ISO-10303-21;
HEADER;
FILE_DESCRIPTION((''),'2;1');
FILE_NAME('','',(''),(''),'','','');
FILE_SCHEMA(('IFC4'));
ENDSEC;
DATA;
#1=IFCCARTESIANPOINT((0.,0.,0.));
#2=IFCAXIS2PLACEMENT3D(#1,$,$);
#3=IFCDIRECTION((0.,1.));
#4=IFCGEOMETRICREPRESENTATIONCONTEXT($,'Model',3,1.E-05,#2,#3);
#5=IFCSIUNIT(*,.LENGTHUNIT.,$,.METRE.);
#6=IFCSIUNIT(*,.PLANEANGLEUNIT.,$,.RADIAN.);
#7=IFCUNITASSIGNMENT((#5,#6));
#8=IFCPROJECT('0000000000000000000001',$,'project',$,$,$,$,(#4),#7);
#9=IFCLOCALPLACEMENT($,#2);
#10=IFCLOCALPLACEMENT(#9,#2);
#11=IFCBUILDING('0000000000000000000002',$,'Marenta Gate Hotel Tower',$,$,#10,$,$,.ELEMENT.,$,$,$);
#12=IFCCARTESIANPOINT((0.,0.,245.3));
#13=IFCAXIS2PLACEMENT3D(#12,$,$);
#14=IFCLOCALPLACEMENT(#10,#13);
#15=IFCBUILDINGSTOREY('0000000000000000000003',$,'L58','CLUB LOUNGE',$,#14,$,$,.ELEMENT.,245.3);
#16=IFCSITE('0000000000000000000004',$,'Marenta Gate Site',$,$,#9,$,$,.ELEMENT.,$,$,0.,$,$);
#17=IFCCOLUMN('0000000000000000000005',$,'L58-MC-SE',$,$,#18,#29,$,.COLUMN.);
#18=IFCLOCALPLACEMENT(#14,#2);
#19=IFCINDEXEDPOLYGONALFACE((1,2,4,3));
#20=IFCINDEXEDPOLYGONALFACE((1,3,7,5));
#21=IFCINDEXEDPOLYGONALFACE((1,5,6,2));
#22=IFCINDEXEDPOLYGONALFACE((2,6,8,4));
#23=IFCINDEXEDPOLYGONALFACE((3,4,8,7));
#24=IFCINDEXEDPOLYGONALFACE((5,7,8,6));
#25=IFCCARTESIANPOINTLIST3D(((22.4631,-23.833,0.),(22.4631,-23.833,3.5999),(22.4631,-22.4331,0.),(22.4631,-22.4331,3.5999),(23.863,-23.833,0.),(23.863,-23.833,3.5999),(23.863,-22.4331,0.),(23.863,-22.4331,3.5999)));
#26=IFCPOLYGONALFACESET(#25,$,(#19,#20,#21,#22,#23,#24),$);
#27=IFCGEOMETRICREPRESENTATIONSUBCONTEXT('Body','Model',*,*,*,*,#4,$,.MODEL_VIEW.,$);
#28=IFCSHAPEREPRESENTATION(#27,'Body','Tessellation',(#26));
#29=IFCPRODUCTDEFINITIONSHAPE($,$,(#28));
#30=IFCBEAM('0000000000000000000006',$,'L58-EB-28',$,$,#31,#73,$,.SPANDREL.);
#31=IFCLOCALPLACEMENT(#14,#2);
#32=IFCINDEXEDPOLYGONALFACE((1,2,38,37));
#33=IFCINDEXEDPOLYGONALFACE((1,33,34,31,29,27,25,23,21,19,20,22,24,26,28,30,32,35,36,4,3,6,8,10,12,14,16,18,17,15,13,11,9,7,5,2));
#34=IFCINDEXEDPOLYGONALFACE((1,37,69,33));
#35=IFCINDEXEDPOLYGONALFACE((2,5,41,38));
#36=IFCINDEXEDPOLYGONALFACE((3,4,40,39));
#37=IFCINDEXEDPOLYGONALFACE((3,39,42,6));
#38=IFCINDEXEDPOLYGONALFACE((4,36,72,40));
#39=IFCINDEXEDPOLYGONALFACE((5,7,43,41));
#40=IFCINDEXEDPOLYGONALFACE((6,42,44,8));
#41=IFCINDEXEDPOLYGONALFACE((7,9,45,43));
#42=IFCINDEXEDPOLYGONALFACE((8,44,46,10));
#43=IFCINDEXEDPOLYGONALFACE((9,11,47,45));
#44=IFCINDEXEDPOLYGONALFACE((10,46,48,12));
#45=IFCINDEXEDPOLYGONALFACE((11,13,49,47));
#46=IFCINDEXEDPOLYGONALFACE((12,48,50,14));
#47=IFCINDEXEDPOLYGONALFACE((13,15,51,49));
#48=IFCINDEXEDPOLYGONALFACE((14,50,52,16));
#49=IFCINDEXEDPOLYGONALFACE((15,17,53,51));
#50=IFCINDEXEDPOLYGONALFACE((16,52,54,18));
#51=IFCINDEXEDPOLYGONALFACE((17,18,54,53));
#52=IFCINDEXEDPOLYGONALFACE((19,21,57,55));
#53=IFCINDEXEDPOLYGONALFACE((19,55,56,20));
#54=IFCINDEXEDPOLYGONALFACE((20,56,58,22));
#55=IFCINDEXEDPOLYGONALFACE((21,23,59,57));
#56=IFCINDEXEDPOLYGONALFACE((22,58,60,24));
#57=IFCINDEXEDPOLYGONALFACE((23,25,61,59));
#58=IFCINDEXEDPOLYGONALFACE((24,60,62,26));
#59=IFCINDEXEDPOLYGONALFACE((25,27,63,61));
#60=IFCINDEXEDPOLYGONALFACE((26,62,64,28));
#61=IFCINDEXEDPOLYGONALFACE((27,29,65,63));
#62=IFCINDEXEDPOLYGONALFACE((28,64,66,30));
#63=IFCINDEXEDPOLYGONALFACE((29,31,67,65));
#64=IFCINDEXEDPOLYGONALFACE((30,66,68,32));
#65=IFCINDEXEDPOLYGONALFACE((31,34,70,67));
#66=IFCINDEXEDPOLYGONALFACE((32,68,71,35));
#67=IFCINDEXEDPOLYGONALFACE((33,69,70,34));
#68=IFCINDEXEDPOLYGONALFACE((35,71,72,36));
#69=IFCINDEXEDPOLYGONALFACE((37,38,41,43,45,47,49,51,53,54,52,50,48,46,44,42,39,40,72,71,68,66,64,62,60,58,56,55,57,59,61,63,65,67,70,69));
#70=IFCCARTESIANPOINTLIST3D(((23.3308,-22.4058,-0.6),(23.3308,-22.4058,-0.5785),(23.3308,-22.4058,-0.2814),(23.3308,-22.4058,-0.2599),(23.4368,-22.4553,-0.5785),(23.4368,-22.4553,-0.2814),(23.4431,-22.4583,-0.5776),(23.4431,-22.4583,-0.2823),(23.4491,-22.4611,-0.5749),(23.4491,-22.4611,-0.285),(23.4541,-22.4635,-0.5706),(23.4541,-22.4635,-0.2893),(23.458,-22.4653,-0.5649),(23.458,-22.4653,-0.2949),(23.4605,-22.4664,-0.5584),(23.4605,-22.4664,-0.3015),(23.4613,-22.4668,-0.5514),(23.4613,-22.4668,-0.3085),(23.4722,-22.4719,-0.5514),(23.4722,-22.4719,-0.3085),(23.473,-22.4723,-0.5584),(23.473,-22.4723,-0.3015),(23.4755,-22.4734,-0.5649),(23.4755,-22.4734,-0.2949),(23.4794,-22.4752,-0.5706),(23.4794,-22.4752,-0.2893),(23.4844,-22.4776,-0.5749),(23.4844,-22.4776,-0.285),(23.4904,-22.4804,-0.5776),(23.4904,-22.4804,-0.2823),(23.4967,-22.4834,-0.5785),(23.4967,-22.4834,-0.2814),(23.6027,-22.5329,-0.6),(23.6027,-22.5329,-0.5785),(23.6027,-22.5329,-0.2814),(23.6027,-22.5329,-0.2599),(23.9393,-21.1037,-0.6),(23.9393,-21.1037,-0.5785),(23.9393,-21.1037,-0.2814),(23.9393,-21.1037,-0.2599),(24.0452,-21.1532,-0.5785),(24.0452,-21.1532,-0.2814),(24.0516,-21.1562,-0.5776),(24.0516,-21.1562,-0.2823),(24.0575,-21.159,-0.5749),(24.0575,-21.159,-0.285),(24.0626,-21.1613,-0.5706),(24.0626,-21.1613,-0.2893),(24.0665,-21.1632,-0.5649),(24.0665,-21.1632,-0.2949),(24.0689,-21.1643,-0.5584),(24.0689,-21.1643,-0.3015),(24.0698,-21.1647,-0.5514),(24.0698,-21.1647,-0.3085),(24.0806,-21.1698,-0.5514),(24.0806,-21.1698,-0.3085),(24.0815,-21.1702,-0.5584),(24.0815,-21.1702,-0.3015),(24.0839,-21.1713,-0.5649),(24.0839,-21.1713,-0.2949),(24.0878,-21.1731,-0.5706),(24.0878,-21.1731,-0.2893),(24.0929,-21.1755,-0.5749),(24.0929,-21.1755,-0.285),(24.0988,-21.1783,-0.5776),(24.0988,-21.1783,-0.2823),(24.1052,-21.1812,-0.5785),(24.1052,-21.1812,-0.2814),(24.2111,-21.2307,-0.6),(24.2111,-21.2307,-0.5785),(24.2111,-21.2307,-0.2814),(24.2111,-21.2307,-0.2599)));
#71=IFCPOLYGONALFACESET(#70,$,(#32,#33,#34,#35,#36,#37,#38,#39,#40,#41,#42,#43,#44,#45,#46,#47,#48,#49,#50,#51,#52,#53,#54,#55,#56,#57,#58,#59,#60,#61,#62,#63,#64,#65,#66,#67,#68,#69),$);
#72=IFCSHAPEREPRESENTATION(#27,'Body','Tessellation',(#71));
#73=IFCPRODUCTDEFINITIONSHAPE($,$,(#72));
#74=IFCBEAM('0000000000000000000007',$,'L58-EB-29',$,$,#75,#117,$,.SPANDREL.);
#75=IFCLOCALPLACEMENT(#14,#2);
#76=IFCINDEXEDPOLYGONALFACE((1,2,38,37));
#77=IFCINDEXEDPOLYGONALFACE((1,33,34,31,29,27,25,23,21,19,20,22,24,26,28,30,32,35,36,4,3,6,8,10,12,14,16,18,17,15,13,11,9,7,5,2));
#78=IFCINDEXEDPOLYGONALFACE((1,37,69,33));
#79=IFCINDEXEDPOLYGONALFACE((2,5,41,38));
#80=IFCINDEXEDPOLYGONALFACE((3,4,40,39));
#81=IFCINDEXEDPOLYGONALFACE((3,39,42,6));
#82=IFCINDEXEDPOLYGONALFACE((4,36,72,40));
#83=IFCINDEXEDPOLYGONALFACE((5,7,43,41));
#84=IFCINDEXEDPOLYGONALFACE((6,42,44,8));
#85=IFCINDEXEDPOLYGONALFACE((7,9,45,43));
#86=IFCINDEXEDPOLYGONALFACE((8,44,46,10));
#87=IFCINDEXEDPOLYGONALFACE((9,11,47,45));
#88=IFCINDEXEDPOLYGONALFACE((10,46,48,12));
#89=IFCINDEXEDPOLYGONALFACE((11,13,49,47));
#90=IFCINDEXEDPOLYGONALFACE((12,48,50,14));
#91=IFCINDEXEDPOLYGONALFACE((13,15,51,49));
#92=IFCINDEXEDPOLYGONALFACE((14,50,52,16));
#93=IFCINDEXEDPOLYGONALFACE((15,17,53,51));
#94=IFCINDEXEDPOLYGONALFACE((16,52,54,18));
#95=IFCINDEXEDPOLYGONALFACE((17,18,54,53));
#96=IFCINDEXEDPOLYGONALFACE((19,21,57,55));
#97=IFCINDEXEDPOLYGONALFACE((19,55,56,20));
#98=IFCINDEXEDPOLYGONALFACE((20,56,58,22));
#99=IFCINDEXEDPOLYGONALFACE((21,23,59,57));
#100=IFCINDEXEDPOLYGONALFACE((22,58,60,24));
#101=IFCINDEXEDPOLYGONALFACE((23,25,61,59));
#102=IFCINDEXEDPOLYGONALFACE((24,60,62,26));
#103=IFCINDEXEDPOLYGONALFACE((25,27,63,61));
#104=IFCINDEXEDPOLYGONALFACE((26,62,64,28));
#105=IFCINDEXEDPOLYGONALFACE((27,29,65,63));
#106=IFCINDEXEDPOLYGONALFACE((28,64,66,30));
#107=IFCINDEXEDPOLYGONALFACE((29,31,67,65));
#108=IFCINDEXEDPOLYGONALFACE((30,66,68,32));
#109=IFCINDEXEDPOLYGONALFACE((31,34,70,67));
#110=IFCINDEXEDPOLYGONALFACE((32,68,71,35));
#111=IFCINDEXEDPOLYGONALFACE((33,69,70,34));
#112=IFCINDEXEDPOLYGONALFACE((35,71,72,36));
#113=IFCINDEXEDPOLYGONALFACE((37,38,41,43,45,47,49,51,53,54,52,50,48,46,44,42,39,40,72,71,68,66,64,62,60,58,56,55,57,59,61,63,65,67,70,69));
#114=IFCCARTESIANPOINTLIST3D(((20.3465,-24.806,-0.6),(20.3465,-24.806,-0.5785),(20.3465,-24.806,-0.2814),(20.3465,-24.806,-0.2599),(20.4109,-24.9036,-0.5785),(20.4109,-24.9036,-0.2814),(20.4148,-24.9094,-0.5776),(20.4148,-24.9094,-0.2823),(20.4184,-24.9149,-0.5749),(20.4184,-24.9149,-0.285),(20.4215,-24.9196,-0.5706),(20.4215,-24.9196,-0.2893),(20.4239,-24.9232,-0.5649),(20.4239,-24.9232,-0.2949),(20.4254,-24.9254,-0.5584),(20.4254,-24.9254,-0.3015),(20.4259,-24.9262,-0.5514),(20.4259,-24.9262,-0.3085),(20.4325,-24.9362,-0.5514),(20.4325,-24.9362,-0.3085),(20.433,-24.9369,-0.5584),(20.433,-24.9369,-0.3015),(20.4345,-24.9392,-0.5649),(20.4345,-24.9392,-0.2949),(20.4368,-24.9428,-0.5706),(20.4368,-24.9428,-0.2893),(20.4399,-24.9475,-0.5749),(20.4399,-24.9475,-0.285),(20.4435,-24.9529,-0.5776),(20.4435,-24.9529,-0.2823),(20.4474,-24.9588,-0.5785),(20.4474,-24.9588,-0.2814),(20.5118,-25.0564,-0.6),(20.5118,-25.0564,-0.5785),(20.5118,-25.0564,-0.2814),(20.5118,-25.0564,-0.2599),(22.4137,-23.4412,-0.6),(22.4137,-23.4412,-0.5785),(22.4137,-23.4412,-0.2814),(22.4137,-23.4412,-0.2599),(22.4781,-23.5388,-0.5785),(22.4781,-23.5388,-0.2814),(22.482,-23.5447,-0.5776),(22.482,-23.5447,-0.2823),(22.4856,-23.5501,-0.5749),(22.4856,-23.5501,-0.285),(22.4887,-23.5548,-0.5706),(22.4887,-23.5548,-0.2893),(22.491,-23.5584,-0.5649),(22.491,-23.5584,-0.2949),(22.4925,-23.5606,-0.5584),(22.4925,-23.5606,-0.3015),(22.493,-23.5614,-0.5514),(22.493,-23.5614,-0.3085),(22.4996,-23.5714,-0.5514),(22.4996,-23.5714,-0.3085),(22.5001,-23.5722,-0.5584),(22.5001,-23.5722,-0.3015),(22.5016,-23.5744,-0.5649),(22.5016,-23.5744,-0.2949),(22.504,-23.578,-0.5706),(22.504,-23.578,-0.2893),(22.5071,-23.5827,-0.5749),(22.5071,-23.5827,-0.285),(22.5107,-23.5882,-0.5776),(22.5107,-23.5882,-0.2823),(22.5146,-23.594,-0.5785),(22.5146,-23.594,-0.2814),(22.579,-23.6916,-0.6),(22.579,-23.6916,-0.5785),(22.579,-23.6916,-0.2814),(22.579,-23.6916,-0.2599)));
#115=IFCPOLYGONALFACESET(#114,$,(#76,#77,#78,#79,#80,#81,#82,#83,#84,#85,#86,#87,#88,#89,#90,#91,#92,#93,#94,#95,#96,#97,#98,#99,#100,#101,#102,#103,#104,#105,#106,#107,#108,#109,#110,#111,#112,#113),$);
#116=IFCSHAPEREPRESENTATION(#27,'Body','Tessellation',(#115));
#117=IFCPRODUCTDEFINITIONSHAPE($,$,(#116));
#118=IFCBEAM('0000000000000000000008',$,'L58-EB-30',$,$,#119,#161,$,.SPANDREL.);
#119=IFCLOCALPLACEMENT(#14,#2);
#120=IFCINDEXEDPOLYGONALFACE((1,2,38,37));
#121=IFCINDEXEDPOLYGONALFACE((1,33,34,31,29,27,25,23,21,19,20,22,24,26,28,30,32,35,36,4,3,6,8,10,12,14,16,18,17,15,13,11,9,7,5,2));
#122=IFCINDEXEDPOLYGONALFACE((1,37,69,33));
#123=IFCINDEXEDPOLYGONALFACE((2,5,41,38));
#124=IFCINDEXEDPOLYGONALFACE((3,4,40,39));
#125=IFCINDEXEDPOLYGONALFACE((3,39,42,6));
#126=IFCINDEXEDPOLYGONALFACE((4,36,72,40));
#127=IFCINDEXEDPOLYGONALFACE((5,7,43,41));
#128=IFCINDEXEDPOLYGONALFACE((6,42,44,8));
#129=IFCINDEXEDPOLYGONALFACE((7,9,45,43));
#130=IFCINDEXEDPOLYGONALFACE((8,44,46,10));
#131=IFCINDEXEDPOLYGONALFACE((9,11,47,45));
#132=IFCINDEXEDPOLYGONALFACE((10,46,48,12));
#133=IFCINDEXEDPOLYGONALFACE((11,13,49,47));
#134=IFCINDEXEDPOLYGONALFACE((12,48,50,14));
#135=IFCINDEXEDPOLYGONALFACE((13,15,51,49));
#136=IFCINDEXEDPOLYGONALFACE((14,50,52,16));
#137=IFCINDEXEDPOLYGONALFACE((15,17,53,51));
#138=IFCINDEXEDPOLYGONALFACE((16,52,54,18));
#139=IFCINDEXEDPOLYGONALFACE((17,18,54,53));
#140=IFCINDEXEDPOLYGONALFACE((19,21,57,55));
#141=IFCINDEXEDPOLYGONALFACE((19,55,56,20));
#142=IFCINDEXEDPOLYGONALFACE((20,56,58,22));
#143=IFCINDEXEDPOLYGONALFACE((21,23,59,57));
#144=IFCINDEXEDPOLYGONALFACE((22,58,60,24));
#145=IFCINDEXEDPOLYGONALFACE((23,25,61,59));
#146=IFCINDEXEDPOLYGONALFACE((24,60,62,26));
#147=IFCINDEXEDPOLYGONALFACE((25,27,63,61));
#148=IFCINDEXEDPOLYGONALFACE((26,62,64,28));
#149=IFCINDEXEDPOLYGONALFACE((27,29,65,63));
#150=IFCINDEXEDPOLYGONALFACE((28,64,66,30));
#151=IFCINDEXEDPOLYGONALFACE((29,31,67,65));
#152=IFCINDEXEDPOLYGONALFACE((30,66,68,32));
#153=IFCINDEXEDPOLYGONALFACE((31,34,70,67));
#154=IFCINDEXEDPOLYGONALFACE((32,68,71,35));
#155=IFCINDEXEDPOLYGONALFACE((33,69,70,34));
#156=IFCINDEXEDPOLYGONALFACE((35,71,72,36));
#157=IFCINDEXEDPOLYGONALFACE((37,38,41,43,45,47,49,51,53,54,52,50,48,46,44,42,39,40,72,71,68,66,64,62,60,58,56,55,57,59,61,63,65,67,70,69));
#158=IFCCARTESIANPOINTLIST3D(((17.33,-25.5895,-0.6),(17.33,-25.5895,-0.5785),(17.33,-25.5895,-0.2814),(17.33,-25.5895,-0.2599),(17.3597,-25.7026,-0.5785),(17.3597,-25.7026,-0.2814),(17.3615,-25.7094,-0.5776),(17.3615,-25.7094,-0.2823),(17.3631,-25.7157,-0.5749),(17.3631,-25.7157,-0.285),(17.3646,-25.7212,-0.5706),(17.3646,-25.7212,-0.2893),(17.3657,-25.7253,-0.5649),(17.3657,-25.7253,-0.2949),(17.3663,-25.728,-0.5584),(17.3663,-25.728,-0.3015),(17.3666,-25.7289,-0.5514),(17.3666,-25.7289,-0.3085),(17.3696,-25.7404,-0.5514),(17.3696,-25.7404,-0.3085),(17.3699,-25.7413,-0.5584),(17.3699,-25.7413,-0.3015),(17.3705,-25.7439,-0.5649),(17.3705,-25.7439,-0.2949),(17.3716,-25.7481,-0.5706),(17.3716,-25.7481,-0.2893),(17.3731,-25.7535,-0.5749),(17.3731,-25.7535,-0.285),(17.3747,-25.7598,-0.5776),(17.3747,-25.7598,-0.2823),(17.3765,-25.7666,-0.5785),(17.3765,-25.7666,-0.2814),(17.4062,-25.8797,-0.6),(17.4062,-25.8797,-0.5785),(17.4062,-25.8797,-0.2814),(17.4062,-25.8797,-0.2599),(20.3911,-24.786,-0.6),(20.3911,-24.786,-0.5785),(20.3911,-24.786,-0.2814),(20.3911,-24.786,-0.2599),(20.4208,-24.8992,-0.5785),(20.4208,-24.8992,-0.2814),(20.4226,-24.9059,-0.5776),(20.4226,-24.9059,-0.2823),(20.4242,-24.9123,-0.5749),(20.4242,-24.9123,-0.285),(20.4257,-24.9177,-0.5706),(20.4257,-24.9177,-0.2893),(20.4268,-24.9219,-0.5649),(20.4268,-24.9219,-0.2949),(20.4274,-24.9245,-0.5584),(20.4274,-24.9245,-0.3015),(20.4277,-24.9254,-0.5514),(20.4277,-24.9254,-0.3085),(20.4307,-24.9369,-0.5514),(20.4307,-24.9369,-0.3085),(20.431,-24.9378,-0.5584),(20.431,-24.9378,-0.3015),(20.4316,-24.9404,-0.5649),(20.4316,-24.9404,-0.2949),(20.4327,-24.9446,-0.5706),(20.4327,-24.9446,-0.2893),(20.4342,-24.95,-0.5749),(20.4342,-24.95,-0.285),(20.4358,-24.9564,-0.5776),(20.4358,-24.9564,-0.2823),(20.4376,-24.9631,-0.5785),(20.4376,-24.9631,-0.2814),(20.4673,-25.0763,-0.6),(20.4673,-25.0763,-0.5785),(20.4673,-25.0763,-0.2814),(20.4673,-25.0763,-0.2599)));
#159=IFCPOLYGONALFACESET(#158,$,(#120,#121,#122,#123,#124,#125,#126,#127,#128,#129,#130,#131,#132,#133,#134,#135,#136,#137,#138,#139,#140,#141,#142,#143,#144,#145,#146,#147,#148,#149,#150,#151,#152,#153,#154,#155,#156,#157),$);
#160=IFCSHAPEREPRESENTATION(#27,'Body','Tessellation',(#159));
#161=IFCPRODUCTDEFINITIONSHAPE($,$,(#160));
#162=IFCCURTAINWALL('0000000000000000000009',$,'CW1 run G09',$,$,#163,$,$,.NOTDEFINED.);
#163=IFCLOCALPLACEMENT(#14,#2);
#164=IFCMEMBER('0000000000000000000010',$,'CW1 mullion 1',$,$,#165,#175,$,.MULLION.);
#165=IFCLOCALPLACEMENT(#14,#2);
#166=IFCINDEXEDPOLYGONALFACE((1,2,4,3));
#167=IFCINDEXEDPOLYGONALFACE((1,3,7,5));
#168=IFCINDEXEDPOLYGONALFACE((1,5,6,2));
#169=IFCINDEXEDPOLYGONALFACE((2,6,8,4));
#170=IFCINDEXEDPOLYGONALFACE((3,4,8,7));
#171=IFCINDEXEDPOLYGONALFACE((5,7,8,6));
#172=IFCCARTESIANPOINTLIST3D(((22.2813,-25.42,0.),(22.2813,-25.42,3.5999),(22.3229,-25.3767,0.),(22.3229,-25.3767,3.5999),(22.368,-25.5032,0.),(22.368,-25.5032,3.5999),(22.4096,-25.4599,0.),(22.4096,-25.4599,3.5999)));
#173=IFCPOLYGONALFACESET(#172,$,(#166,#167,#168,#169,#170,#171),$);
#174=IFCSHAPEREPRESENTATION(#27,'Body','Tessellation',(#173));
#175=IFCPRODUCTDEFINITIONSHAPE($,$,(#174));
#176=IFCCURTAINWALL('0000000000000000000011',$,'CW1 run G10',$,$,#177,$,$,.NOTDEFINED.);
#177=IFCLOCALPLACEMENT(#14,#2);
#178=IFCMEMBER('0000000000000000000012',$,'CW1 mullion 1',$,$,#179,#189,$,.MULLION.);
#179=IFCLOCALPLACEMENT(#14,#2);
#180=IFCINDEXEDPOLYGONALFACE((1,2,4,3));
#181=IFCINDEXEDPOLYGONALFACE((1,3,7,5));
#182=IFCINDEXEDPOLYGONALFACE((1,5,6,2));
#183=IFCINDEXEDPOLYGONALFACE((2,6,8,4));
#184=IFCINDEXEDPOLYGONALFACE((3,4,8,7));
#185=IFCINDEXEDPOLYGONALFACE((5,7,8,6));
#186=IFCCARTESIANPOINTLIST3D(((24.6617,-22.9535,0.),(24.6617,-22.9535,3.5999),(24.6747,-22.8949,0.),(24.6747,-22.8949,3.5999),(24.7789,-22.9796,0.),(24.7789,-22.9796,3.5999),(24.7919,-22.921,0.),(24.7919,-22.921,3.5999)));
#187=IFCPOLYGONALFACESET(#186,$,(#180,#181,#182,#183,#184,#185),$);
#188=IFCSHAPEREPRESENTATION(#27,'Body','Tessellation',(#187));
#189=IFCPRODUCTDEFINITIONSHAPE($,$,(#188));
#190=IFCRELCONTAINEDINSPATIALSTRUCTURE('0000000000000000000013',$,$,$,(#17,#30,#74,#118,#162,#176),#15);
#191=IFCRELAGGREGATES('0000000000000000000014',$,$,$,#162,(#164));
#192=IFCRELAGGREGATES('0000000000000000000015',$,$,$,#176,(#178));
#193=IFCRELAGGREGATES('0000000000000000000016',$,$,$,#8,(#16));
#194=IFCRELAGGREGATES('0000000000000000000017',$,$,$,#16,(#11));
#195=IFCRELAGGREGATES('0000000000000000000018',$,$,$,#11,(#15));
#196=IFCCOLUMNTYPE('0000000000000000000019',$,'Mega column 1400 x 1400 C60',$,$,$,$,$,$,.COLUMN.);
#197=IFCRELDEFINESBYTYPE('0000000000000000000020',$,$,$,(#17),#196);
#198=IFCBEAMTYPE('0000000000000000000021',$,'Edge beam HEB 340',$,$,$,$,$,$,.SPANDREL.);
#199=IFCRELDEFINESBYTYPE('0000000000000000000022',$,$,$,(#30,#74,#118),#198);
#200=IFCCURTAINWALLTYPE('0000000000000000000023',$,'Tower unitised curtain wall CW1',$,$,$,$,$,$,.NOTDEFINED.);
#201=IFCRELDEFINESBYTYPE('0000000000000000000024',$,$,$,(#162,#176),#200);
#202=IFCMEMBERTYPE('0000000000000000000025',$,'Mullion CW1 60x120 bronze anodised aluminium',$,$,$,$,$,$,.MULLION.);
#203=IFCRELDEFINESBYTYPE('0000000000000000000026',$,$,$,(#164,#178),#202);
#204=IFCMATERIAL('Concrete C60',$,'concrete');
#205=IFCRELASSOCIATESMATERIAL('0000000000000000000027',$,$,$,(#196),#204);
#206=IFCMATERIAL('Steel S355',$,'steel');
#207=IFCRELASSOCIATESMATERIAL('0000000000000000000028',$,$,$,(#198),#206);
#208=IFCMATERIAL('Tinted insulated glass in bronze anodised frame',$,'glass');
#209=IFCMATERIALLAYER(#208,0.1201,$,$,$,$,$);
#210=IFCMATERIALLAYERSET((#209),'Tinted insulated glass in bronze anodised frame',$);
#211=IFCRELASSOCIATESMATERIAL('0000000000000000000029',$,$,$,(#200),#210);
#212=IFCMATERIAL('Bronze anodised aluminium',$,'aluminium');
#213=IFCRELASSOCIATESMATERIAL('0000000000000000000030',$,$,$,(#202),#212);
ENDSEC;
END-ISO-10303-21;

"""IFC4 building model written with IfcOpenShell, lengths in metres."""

from ifc_helpers import new_model, si_unit, direction, frame, origin, origin_2d, place, context, subcontext, project, spatial, rectangle, i_section, extrude, material, layer, layer_set, material_profile, profile_set, type_object, element, aggregate, save


model = new_model("IFC4")

# Units and contexts
model_context = context("Model", 3, precision=1e-05, world=origin(), true_north=direction((0.0, 1.0)))
body_context = subcontext(model_context, "Body", "Model", "MODEL_VIEW")
ifc_project = project(units=[si_unit("LENGTHUNIT", "METRE"), si_unit("PLANEANGLEUNIT", "RADIAN")], contexts=[model_context])

# Site, building, storey
site_placement = place(None, origin())
site = spatial("IfcSite", under=ifc_project, at=site_placement, Name="Marenta Gate Site", CompositionType="ELEMENT", RefElevation=0.0)
building_placement = place(site_placement, origin())
building = spatial("IfcBuilding", under=site, at=building_placement, Name="Marenta Gate Hotel Tower", CompositionType="ELEMENT")
storey_placement = place(building_placement, frame((0.0, 0.0, 245.3)))
storey = spatial("IfcBuildingStorey", under=building, at=storey_placement, Name="L58", Description="CLUB LOUNGE", CompositionType="ELEMENT", Elevation=245.3)

# Column
ifc_material_1 = material(Name="Concrete C60", Category="concrete")
ifc_material_profile_1 = material_profile(ifc_material_1, rectangle(XDim=1.3999, YDim=1.3999, at=origin_2d()), Name="1400 x 1400")
ifc_profile_set_1 = profile_set([ifc_material_profile_1], Name="Concrete C60")
column_type = type_object("IfcColumnType", Name="Mega column 1400 x 1400 C60", PredefinedType="COLUMN", material=ifc_profile_set_1)
column_placement = place(storey_placement, frame((23.1631, -23.1331, 0.0), z_axis=(0.0, 0.0, 1.0), x_axis=(1.0, 0.0, 0.0)))
element("IfcColumn", 1, at=column_placement, inside=storey, type_object=column_type, Name="L58-MC-SE", PredefinedType="COLUMN", context=body_context, shape_type="SweptSolid", body=[
    extrude(rectangle(XDim=1.3999, YDim=1.3999, at=origin_2d()), origin(), (0.0, 0.0, 1.0), 3.5999),
])

# Beams
ifc_material_2 = material(Name="Steel S355", Category="steel")
ifc_material_profile_2 = material_profile(ifc_material_2, i_section(OverallWidth=0.3, OverallDepth=0.3401, WebThickness=0.012, FlangeThickness=0.0215, FilletRadius=0.0271, at=origin_2d()), Name="HEB 340")
ifc_profile_set_2 = profile_set([ifc_material_profile_2], Name="Steel S355")
beam_type = type_object("IfcBeamType", Name="Edge beam HEB 340", PredefinedType="SPANDREL", material=ifc_profile_set_2)
beam_1_placement = place(storey_placement, frame((24.0752, -21.1672, -0.4299), z_axis=(-0.423341, -0.90597, 0.0), x_axis=(0.90597, -0.423341, 0.0)))
element("IfcBeam", 2, at=beam_1_placement, inside=storey, type_object=beam_type, Name="L58-EB-28", PredefinedType="SPANDREL", context=body_context, shape_type="SweptSolid", body=[
    extrude(i_section(OverallWidth=0.3, OverallDepth=0.3401, WebThickness=0.012, FlangeThickness=0.0215, FilletRadius=0.0271, at=origin_2d()), origin(), (0.0, 0.0, 1.0), 1.4373),
])
beam_2_placement = place(storey_placement, frame((22.4963, -23.5664, -0.4299), z_axis=(-0.834529, -0.550964, 0.0), x_axis=(0.550964, -0.834529, 0.0)))
element("IfcBeam", 3, at=beam_2_placement, inside=storey, type_object=beam_type, Name="L58-EB-29", PredefinedType="SPANDREL", context=body_context, shape_type="SweptSolid", body=[
    extrude(i_section(OverallWidth=0.3, OverallDepth=0.3401, WebThickness=0.012, FlangeThickness=0.0215, FilletRadius=0.0271, at=origin_2d()), origin(), (0.0, 0.0, 1.0), 2.4771),
])
beam_3_placement = place(storey_placement, frame((20.4292, -24.9312, -0.4299), z_axis=(-0.967235, -0.253882, 0.0), x_axis=(0.253882, -0.967235, 0.0)))
element("IfcBeam", 4, at=beam_3_placement, inside=storey, type_object=beam_type, Name="L58-EB-30", PredefinedType="SPANDREL", context=body_context, shape_type="SweptSolid", body=[
    extrude(i_section(OverallWidth=0.3, OverallDepth=0.3401, WebThickness=0.012, FlangeThickness=0.0215, FilletRadius=0.0271, at=origin_2d()), origin(), (0.0, 0.0, 1.0), 3.1648),
])

# Curtain walls, members
ifc_material_3 = material(Name="Tinted insulated glass in bronze anodised frame", Category="glass")
ifc_layer_1 = layer(ifc_material_3, 0.1201)
ifc_layer_set_1 = layer_set([ifc_layer_1], Name="Tinted insulated glass in bronze anodised frame")
curtain_wall_type = type_object("IfcCurtainWallType", Name="Tower unitised curtain wall CW1", PredefinedType="NOTDEFINED", material=ifc_layer_set_1)
curtain_wall_1_placement = place(storey_placement, origin())
curtain_wall_1 = element("IfcCurtainWall", 5, at=curtain_wall_1_placement, inside=storey, type_object=curtain_wall_type, Name="CW1 run G09", PredefinedType="NOTDEFINED")
ifc_material_4 = material(Name="Bronze anodised aluminium", Category="aluminium")
ifc_material_profile_3 = material_profile(ifc_material_4, rectangle(XDim=0.1201, YDim=0.0601, at=origin_2d()), Name="Mullion CW1 60x120 bronze anodised aluminium")
ifc_profile_set_3 = profile_set([ifc_material_profile_3], Name="Bronze anodised aluminium")
member_type_1 = type_object("IfcMemberType", Name="Mullion CW1 60x120 bronze anodised aluminium", PredefinedType="MULLION", material=ifc_profile_set_3)
member_1_placement = place(storey_placement, frame((22.3455, -25.4399, 0.0), z_axis=(0.0, 0.0, 1.0), x_axis=(-0.721372, 0.692548, 0.0)))
member_1 = element("IfcMember", 6, at=member_1_placement, type_object=member_type_1, Name="CW1 mullion 1", PredefinedType="MULLION", context=body_context, shape_type="SweptSolid", body=[
    extrude(rectangle(XDim=0.1201, YDim=0.0601, at=origin_2d()), origin(), (0.0, 0.0, 1.0), 3.5999),
])
curtain_wall_2_placement = place(storey_placement, origin())
curtain_wall_2 = element("IfcCurtainWall", 7, at=curtain_wall_2_placement, inside=storey, type_object=curtain_wall_type, Name="CW1 run G10", PredefinedType="NOTDEFINED")
member_2_placement = place(storey_placement, frame((24.7268, -22.9373, 0.0), z_axis=(0.0, 0.0, 1.0), x_axis=(-0.976207, 0.216842, 0.0)))
member_2 = element("IfcMember", 8, at=member_2_placement, type_object=member_type_1, Name="CW1 mullion 1", PredefinedType="MULLION", context=body_context, shape_type="SweptSolid", body=[
    extrude(rectangle(XDim=0.1201, YDim=0.0601, at=origin_2d()), origin(), (0.0, 0.0, 1.0), 3.5999),
])

aggregate(curtain_wall_1, [member_1])
aggregate(curtain_wall_2, [member_2])

save(model, "model.ifc")
